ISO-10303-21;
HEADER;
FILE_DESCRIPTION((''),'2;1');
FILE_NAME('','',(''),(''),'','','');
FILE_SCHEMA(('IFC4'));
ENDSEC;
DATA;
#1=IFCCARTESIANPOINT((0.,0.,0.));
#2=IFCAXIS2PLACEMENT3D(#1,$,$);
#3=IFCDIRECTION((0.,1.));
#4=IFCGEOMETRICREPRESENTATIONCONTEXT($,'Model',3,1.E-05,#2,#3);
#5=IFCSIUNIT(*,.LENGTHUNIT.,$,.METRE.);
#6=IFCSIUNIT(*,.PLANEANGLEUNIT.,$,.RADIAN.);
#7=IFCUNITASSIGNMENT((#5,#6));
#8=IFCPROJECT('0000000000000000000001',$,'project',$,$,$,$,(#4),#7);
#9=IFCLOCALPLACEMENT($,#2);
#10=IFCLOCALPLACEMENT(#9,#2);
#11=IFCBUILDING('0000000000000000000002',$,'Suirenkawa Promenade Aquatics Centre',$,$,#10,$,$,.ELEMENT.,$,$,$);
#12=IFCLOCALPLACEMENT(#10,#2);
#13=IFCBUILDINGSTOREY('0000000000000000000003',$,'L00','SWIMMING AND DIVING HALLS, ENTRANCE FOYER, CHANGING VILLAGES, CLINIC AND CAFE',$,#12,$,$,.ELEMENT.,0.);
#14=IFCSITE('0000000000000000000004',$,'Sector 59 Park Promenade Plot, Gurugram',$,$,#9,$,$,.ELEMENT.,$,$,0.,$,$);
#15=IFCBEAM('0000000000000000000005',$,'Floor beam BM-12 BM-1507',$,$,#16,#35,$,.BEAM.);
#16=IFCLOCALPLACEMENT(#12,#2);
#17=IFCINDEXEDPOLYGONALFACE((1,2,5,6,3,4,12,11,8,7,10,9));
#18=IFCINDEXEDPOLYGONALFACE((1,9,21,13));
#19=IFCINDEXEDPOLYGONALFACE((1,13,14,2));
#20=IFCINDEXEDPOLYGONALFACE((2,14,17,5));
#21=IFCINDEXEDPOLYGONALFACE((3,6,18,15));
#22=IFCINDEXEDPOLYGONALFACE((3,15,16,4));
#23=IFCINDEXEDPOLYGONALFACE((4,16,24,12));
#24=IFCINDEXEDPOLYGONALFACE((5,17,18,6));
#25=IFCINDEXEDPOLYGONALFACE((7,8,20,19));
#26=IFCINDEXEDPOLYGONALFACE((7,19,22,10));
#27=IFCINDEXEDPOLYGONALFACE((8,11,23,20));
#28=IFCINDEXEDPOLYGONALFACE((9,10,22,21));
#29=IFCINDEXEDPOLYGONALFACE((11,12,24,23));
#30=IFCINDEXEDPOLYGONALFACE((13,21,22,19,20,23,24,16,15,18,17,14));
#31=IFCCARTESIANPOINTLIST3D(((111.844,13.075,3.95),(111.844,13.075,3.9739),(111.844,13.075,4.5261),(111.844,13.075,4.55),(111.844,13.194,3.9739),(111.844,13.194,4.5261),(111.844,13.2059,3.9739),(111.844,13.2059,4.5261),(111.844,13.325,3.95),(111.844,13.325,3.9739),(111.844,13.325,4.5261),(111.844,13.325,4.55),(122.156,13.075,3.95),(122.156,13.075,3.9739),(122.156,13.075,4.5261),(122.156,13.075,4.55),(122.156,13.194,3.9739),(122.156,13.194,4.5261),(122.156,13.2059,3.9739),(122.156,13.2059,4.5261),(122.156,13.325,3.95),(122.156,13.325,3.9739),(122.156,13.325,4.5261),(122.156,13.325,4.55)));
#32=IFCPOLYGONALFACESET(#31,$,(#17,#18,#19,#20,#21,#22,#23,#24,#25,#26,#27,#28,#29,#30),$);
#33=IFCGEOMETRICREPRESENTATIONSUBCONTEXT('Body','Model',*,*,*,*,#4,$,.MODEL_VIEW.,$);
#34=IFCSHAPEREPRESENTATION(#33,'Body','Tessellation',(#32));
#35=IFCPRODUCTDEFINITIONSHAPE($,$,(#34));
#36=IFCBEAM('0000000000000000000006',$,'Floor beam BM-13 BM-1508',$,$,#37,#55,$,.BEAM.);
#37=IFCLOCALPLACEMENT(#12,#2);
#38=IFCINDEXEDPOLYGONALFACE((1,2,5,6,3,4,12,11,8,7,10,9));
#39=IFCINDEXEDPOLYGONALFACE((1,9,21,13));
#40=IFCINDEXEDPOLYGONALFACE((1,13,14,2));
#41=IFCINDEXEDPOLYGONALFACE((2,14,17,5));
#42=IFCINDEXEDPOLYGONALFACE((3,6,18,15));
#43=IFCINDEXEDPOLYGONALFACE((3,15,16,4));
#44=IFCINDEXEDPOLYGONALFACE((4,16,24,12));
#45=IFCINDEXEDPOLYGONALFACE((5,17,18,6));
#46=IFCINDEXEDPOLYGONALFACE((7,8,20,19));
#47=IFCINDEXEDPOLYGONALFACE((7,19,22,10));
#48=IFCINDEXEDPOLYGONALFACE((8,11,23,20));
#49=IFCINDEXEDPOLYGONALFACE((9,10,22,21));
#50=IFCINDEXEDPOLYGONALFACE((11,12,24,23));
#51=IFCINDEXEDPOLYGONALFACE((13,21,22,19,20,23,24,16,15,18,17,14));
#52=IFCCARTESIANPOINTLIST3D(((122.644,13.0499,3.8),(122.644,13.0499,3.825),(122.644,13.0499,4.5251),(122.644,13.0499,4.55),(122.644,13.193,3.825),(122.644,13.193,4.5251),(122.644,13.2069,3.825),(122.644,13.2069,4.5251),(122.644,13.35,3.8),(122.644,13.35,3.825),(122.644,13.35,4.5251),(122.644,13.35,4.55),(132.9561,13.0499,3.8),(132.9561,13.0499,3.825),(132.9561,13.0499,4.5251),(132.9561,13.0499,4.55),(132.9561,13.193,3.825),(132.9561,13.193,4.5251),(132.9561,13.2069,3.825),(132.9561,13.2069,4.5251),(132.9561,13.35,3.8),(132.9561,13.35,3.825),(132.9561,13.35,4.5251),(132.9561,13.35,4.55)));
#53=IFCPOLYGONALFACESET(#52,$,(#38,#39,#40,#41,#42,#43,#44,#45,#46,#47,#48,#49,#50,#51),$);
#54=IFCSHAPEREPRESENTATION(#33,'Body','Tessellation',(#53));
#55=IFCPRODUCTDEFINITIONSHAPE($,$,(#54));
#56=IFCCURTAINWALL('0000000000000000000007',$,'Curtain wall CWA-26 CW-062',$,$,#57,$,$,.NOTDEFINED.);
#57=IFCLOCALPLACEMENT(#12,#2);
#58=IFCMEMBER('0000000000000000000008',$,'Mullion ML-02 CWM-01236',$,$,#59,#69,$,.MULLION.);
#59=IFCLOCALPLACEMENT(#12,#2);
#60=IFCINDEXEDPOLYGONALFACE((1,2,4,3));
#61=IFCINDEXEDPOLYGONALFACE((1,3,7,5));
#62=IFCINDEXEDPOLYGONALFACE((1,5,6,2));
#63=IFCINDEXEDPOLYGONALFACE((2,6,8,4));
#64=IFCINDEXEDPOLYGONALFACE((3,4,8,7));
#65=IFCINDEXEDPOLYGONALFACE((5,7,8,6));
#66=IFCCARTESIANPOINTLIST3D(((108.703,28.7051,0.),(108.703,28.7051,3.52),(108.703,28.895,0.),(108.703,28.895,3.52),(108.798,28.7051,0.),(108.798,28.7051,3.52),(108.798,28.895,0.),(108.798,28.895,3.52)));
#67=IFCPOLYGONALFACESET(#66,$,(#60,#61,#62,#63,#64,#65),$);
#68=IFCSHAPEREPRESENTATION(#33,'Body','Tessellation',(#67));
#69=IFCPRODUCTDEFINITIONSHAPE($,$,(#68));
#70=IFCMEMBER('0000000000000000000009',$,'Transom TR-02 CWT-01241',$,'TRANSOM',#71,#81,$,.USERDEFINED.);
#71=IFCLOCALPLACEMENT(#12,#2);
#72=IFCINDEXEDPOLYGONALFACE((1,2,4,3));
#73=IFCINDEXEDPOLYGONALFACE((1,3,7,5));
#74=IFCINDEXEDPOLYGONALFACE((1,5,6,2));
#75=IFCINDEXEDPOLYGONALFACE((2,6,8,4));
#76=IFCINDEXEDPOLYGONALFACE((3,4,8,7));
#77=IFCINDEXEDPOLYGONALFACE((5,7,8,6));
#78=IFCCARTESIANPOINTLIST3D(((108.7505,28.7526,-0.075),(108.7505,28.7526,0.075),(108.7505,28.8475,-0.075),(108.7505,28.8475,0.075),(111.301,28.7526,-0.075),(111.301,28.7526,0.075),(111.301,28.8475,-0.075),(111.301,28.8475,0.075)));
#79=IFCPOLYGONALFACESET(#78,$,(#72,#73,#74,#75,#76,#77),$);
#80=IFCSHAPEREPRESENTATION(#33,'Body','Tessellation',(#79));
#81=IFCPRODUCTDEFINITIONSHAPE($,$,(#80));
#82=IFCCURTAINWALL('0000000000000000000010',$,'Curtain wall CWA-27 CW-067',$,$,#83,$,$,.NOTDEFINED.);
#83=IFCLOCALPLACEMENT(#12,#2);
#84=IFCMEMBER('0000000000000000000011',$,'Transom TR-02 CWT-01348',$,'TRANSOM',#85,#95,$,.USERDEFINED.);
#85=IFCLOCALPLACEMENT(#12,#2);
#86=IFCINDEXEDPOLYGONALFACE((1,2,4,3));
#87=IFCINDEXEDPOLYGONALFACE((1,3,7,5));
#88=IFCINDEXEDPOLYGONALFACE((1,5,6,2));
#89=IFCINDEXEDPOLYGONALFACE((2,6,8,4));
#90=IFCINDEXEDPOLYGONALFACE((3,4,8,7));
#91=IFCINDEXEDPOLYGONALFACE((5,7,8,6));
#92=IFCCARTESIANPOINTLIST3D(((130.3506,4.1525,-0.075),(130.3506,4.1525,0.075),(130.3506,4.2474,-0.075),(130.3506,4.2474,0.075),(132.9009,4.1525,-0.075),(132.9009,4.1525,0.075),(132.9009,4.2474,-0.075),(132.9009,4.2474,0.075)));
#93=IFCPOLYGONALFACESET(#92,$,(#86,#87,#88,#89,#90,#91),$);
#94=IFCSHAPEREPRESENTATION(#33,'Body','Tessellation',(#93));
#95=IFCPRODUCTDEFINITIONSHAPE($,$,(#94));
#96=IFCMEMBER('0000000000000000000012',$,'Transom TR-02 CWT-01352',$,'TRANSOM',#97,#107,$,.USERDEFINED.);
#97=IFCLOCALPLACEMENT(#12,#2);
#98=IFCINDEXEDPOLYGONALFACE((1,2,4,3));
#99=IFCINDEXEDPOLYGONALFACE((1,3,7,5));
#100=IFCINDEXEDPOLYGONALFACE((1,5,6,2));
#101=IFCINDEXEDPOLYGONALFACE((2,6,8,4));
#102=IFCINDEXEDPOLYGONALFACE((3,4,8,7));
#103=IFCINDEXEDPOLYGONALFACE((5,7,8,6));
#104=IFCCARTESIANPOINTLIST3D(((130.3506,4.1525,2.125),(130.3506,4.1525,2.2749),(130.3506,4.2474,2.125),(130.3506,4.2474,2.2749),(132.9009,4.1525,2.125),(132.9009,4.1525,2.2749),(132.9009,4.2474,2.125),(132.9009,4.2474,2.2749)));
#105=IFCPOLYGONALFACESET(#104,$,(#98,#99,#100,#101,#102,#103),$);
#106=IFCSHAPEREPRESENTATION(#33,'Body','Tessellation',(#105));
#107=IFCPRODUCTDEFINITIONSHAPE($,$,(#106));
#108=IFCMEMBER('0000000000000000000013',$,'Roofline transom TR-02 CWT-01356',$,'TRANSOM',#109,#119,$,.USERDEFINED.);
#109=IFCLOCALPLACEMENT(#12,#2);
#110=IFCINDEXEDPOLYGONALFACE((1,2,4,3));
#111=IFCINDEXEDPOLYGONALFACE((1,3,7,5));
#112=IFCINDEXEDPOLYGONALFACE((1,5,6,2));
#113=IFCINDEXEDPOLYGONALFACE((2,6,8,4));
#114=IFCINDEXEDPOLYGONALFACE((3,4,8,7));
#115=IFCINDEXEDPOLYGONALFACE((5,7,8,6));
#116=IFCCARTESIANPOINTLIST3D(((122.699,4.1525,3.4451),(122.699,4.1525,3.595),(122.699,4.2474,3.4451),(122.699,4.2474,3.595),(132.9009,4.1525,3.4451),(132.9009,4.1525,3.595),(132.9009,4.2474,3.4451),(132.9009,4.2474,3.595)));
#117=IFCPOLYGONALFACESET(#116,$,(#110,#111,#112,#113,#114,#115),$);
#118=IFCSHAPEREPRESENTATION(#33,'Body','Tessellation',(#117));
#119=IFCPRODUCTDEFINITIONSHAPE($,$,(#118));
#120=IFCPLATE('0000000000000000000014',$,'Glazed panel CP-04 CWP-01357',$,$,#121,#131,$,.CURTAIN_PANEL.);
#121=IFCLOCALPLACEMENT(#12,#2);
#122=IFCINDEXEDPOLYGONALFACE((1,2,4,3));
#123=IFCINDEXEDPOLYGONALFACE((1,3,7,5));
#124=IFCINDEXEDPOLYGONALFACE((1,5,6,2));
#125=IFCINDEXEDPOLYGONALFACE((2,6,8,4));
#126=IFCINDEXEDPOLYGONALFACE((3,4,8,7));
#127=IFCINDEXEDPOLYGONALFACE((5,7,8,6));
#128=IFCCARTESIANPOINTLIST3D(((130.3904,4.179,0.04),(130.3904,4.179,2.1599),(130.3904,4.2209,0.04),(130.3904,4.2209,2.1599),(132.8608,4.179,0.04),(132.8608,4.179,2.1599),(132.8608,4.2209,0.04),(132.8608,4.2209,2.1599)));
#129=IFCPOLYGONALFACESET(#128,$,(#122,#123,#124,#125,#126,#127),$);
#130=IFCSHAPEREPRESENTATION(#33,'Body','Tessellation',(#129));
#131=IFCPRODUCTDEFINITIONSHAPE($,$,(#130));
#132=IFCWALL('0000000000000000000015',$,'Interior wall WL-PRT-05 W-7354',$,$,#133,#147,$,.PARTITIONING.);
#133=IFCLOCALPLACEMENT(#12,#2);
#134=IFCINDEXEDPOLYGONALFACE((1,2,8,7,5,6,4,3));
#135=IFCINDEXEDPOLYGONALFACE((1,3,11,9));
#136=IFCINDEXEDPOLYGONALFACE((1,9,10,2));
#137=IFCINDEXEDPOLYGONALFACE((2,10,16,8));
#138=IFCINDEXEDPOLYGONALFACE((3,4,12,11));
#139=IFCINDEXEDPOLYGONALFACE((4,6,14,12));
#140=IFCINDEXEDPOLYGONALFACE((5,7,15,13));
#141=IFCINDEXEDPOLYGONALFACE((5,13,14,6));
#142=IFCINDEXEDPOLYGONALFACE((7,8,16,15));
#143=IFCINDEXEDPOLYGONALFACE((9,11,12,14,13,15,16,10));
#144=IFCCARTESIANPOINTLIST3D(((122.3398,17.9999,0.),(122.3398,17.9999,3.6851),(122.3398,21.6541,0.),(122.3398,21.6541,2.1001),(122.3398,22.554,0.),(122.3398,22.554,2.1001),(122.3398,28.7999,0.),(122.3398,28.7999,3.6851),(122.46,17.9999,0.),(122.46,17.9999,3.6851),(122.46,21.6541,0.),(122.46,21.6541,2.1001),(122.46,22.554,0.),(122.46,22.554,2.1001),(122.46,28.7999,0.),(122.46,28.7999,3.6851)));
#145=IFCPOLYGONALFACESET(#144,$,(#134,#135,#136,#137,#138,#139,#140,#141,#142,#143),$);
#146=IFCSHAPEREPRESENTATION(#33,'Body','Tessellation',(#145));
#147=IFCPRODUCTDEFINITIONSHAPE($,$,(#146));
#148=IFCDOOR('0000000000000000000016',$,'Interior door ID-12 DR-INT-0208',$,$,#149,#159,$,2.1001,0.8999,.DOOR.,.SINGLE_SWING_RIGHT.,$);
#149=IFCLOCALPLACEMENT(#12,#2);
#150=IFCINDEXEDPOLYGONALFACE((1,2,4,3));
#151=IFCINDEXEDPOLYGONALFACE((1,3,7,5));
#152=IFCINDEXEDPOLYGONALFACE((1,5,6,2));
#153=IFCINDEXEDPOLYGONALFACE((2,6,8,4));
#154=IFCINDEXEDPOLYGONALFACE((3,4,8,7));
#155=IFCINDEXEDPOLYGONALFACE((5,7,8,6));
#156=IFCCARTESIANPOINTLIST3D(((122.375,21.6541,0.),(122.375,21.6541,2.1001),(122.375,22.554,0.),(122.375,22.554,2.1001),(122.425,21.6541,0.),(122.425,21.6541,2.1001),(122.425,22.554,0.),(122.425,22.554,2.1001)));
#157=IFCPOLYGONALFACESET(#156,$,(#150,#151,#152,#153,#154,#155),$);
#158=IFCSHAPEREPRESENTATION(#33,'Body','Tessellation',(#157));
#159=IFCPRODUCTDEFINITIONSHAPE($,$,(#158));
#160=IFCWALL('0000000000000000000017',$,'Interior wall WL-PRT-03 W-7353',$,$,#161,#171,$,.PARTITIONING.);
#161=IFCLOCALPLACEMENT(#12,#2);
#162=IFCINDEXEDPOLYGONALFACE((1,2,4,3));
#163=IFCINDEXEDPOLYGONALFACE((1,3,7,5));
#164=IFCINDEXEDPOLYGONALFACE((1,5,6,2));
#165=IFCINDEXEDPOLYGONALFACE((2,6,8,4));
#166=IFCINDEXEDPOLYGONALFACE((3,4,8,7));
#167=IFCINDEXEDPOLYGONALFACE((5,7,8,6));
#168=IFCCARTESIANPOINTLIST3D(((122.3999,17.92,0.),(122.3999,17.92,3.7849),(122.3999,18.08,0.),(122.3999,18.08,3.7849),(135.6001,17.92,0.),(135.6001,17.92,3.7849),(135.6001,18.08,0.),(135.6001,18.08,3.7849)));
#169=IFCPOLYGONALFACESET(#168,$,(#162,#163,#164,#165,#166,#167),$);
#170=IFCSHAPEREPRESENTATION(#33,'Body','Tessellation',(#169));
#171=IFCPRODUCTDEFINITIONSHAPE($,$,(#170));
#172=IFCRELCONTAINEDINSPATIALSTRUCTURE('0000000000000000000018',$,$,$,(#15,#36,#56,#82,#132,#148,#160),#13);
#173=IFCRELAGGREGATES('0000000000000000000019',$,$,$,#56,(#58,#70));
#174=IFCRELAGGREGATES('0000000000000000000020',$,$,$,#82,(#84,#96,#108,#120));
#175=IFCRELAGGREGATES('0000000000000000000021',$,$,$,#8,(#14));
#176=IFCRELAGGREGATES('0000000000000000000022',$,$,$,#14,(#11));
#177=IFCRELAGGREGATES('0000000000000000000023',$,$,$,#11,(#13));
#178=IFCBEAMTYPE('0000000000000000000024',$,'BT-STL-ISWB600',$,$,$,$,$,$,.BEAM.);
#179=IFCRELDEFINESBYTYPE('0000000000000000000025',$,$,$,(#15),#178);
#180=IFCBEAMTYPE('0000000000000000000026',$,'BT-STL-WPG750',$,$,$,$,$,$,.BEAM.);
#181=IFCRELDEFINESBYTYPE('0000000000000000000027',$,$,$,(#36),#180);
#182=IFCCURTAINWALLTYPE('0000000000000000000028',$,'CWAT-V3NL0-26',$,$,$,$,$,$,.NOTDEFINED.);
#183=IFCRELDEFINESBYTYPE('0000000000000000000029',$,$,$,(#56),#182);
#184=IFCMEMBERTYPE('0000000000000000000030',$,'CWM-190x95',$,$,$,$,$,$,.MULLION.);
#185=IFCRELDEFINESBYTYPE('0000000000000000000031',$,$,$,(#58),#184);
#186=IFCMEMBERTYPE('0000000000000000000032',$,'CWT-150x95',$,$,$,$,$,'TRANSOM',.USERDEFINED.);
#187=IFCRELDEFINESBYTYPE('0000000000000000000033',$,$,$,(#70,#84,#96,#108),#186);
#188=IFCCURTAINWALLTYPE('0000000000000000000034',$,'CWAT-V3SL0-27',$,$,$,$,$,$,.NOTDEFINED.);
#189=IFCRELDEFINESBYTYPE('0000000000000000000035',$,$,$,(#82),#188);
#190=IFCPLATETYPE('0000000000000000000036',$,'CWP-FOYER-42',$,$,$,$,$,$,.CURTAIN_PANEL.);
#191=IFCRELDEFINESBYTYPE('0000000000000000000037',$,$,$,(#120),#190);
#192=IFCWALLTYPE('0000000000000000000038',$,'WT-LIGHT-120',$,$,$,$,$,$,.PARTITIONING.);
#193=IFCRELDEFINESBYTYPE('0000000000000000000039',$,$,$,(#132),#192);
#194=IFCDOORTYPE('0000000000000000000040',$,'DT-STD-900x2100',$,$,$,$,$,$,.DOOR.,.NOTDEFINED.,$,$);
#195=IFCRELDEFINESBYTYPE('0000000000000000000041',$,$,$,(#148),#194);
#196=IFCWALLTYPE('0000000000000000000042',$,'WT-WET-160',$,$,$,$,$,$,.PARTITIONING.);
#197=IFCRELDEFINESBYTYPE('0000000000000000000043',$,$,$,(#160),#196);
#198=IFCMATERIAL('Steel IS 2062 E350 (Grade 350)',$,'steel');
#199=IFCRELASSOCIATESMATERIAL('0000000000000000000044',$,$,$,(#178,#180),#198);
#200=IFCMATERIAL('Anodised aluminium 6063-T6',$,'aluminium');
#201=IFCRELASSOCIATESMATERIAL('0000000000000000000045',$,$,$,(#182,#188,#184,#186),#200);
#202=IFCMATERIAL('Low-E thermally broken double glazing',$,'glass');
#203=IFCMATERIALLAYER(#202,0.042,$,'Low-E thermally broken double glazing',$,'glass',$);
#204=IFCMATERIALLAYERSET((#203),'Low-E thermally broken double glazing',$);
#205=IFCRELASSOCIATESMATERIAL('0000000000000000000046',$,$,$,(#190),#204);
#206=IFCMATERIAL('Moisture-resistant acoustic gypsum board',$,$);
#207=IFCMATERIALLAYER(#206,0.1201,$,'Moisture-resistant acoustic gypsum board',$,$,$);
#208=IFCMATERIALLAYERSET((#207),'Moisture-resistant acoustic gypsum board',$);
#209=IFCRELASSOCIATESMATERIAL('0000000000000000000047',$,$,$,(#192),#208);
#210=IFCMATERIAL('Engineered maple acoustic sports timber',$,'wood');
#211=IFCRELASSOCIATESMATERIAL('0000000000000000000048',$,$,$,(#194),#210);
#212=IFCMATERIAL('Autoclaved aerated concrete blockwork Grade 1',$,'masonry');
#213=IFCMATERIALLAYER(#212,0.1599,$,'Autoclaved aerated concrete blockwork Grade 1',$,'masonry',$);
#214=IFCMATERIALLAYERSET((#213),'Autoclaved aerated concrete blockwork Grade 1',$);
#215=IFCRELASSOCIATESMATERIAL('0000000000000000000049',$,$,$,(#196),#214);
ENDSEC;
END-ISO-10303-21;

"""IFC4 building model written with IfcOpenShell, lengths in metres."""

from ifc_helpers import new_model, si_unit, direction, frame, frame_2d, origin, origin_2d, place, context, subcontext, project, spatial, polyline, rectangle, i_section, outline, extrude, material, layer, layer_set, material_profile, profile_set, type_object, element, fill, aggregate, save


model = new_model("IFC4")

# Units and contexts
model_context = context("Model", 3, precision=1e-05, world=origin(), true_north=direction((0.0, 1.0)))
body_context = subcontext(model_context, "Body", "Model", "MODEL_VIEW")
ifc_project = project(units=[si_unit("LENGTHUNIT", "METRE"), si_unit("PLANEANGLEUNIT", "RADIAN")], contexts=[model_context])

# Site, building, storey
site_placement = place(None, origin())
site = spatial("IfcSite", under=ifc_project, at=site_placement, Name="Sector 59 Park Promenade Plot, Gurugram", CompositionType="ELEMENT", RefElevation=0.0)
building_placement = place(site_placement, origin())
building = spatial("IfcBuilding", under=site, at=building_placement, Name="Suirenkawa Promenade Aquatics Centre", CompositionType="ELEMENT")
storey_placement = place(building_placement, origin())
storey = spatial("IfcBuildingStorey", under=building, at=storey_placement, Name="L00", Description="SWIMMING AND DIVING HALLS, ENTRANCE FOYER, CHANGING VILLAGES, CLINIC AND CAFE", CompositionType="ELEMENT", Elevation=0.0)

# Beams
ifc_material_1 = material(Name="Steel IS 2062 E350 (Grade 350)", Category="steel")
ifc_material_profile_1 = material_profile(ifc_material_1, i_section(OverallWidth=0.25, OverallDepth=0.6001, WebThickness=0.012, FlangeThickness=0.0239, at=origin_2d()), Name="ISWB 600", Category="steel")
ifc_profile_set_1 = profile_set([ifc_material_profile_1], Name="Steel IS 2062 E350 (Grade 350)")
beam_type_1 = type_object("IfcBeamType", Name="BT-STL-ISWB600", PredefinedType="BEAM", material=ifc_profile_set_1)
beam_1_placement = place(storey_placement, frame((111.844, 13.2, 4.25), z_axis=(1.0, 0.0, 0.0), x_axis=(0.0, 1.0, 0.0)))
element("IfcBeam", 1, at=beam_1_placement, inside=storey, type_object=beam_type_1, Name="Floor beam BM-12 BM-1507", PredefinedType="BEAM", context=body_context, shape_type="SweptSolid", body=[
    extrude(i_section(OverallWidth=0.25, OverallDepth=0.6001, WebThickness=0.012, FlangeThickness=0.0239, at=origin_2d()), origin(), (0.0, 0.0, 1.0), 10.312),
])
ifc_material_profile_2 = material_profile(ifc_material_1, i_section(OverallWidth=0.3, OverallDepth=0.75, WebThickness=0.0139, FlangeThickness=0.0249, at=origin_2d()), Name="WPG 750x300", Category="steel")
ifc_profile_set_2 = profile_set([ifc_material_profile_2], Name="Steel IS 2062 E350 (Grade 350)")
beam_type_2 = type_object("IfcBeamType", Name="BT-STL-WPG750", PredefinedType="BEAM", material=ifc_profile_set_2)
beam_2_placement = place(storey_placement, frame((122.644, 13.2, 4.175), z_axis=(1.0, 0.0, 0.0), x_axis=(0.0, 1.0, 0.0)))
element("IfcBeam", 2, at=beam_2_placement, inside=storey, type_object=beam_type_2, Name="Floor beam BM-13 BM-1508", PredefinedType="BEAM", context=body_context, shape_type="SweptSolid", body=[
    extrude(i_section(OverallWidth=0.3, OverallDepth=0.75, WebThickness=0.0139, FlangeThickness=0.0249, at=origin_2d()), origin(), (0.0, 0.0, 1.0), 10.312),
])

# Curtain wall, members
ifc_material_2 = material(Name="Anodised aluminium 6063-T6", Category="aluminium")
curtain_wall_type_1 = type_object("IfcCurtainWallType", Name="CWAT-V3NL0-26", PredefinedType="NOTDEFINED", material=ifc_material_2)
curtain_wall_1_placement = place(storey_placement, origin())
curtain_wall_1 = element("IfcCurtainWall", 3, at=curtain_wall_1_placement, inside=storey, type_object=curtain_wall_type_1, Name="Curtain wall CWA-26 CW-062", PredefinedType="NOTDEFINED")
ifc_material_profile_3 = material_profile(ifc_material_2, rectangle(XDim=0.095, YDim=0.1899, at=origin_2d()), Name="ALU MULL 95x190", Category="aluminium")
ifc_profile_set_3 = profile_set([ifc_material_profile_3], Name="Anodised aluminium 6063-T6")
member_type_1 = type_object("IfcMemberType", Name="CWM-190x95", PredefinedType="MULLION", material=ifc_profile_set_3)
member_1_placement = place(storey_placement, frame((108.7505, 28.8, 0.0), z_axis=(0.0, 0.0, 1.0), x_axis=(1.0, 0.0, 0.0)))
member_1 = element("IfcMember", 4, at=member_1_placement, type_object=member_type_1, Name="Mullion ML-02 CWM-01236", PredefinedType="MULLION", context=body_context, shape_type="SweptSolid", body=[
    extrude(rectangle(XDim=0.095, YDim=0.1899, at=origin_2d()), origin(), (0.0, 0.0, 1.0), 3.52),
])
ifc_material_profile_4 = material_profile(ifc_material_2, rectangle(XDim=0.095, YDim=0.1499, at=origin_2d()), Name="ALU TRAN 95x150", Category="aluminium")
ifc_profile_set_4 = profile_set([ifc_material_profile_4], Name="Anodised aluminium 6063-T6")
member_type_2 = type_object("IfcMemberType", Name="CWT-150x95", ElementType="TRANSOM", PredefinedType="USERDEFINED", material=ifc_profile_set_4)
member_2_placement = place(storey_placement, frame((108.7505, 28.8, 0.0), z_axis=(1.0, 0.0, 0.0), x_axis=(0.0, 1.0, 0.0)))
member_2 = element("IfcMember", 5, at=member_2_placement, type_object=member_type_2, Name="Transom TR-02 CWT-01241", ObjectType="TRANSOM", PredefinedType="USERDEFINED", context=body_context, shape_type="SweptSolid", body=[
    extrude(rectangle(XDim=0.095, YDim=0.1499, at=origin_2d()), origin(), (0.0, 0.0, 1.0), 2.5505),
])
aggregate(curtain_wall_1, [member_1, member_2])

# Curtain wall, members, plate
curtain_wall_type_2 = type_object("IfcCurtainWallType", Name="CWAT-V3SL0-27", PredefinedType="NOTDEFINED", material=ifc_material_2)
curtain_wall_2_placement = place(storey_placement, origin())
curtain_wall_2 = element("IfcCurtainWall", 6, at=curtain_wall_2_placement, inside=storey, type_object=curtain_wall_type_2, Name="Curtain wall CWA-27 CW-067", PredefinedType="NOTDEFINED")
member_3_placement = place(storey_placement, frame((132.9009, 4.2, 0.0), z_axis=(-1.0, 0.0, 0.0), x_axis=(0.0, -1.0, 0.0)))
member_3 = element("IfcMember", 7, at=member_3_placement, type_object=member_type_2, Name="Transom TR-02 CWT-01348", ObjectType="TRANSOM", PredefinedType="USERDEFINED", context=body_context, shape_type="SweptSolid", body=[
    extrude(rectangle(XDim=0.095, YDim=0.1499, at=origin_2d()), origin(), (0.0, 0.0, 1.0), 2.5503),
])
member_4_placement = place(storey_placement, frame((132.9009, 4.2, 2.2), z_axis=(-1.0, 0.0, 0.0), x_axis=(0.0, -1.0, 0.0)))
member_4 = element("IfcMember", 8, at=member_4_placement, type_object=member_type_2, Name="Transom TR-02 CWT-01352", ObjectType="TRANSOM", PredefinedType="USERDEFINED", context=body_context, shape_type="SweptSolid", body=[
    extrude(rectangle(XDim=0.095, YDim=0.1499, at=origin_2d()), origin(), (0.0, 0.0, 1.0), 2.5503),
])
member_5_placement = place(storey_placement, frame((132.9009, 4.2, 3.52), z_axis=(-1.0, 0.0, 0.0), x_axis=(0.0, -1.0, 0.0)))
member_5 = element("IfcMember", 9, at=member_5_placement, type_object=member_type_2, Name="Roofline transom TR-02 CWT-01356", ObjectType="TRANSOM", PredefinedType="USERDEFINED", context=body_context, shape_type="SweptSolid", body=[
    extrude(rectangle(XDim=0.095, YDim=0.1499, at=origin_2d()), origin(), (0.0, 0.0, 1.0), 10.2019),
])
ifc_material_3 = material(Name="Low-E thermally broken double glazing", Category="glass")
ifc_layer_1 = layer(ifc_material_3, 0.042, Name="Low-E thermally broken double glazing", Category="glass")
ifc_layer_set_1 = layer_set([ifc_layer_1], Name="Low-E thermally broken double glazing")
plate_type = type_object("IfcPlateType", Name="CWP-FOYER-42", PredefinedType="CURTAIN_PANEL", material=ifc_layer_set_1)
plate_1_placement = place(storey_placement, frame((132.9009, 4.2, 0.04), z_axis=(0.0, 0.0, 1.0), x_axis=(-1.0, 0.0, 0.0)))
plate_1 = element("IfcPlate", 10, at=plate_1_placement, type_object=plate_type, Name="Glazed panel CP-04 CWP-01357", PredefinedType="CURTAIN_PANEL", context=body_context, shape_type="SweptSolid", body=[
    extrude(outline(polyline([(0.04, 0.0), (2.5105, 0.0), (2.5105, 2.1199), (0.04, 2.1199), (0.04, 0.0)])), frame((0.0, 0.021, 0.0), z_axis=(0.0, -1.0, 0.0), x_axis=(1.0, 0.0, 0.0)), (0.0, 0.0, 1.0), 0.042),
])
aggregate(curtain_wall_2, [member_3, member_4, member_5, plate_1])

# Wall, opening, door
ifc_material_4 = material(Name="Moisture-resistant acoustic gypsum board")
ifc_layer_2 = layer(ifc_material_4, 0.1201, Name="Moisture-resistant acoustic gypsum board")
ifc_layer_set_2 = layer_set([ifc_layer_2], Name="Moisture-resistant acoustic gypsum board")
wall_type_1 = type_object("IfcWallType", Name="WT-LIGHT-120", PredefinedType="PARTITIONING", material=ifc_layer_set_2)
wall_1_placement = place(storey_placement, frame((122.3999, 18.0, 0.0), z_axis=(0.0, 0.0, 1.0), x_axis=(0.0, 1.0, 0.0)))
wall_1 = element("IfcWall", 11, at=wall_1_placement, inside=storey, type_object=wall_type_1, Name="Interior wall WL-PRT-05 W-7354", PredefinedType="PARTITIONING", context=body_context, shape_type="SweptSolid", body=[
    extrude(rectangle(XDim=10.8, YDim=0.1201, at=frame_2d((5.3999, 0.0))), origin(), (0.0, 0.0, 1.0), 3.6851),
])
opening_placement = place(wall_1_placement, frame((3.6541, 0.0, 0.0)))
opening = element("IfcOpeningElement", 12, at=opening_placement, cuts=wall_1, PredefinedType="OPENING", context=body_context, shape_type="SweptSolid", body=[
    extrude(rectangle(XDim=0.8999, YDim=2.1001, at=frame_2d((0.45, 1.05))), frame((0.0, 0.0701, 0.0), z_axis=(0.0, -1.0, 0.0), x_axis=(1.0, 0.0, 0.0)), (0.0, 0.0, 1.0), 0.1401),
])
ifc_material_5 = material(Name="Engineered maple acoustic sports timber", Category="wood")
door_type = type_object("IfcDoorType", Name="DT-STD-900x2100", OperationType="NOTDEFINED", PredefinedType="DOOR", material=ifc_material_5)
door_placement = place(opening_placement, origin())
door = element("IfcDoor", 13, at=door_placement, inside=storey, type_object=door_type, Name="Interior door ID-12 DR-INT-0208", OperationType="SINGLE_SWING_RIGHT", OverallHeight=2.1001, OverallWidth=0.8999, PredefinedType="DOOR", context=body_context, shape_type="SweptSolid", body=[
    extrude(rectangle(XDim=0.8999, YDim=2.1001, at=frame_2d((0.45, 1.05))), frame((0.0, 0.0249, 0.0), z_axis=(0.0, -1.0, 0.0), x_axis=(1.0, 0.0, 0.0)), (0.0, 0.0, 1.0), 0.05),
])
fill(opening, door)

# Wall
ifc_material_6 = material(Name="Autoclaved aerated concrete blockwork Grade 1", Category="masonry")
ifc_layer_3 = layer(ifc_material_6, 0.1599, Name="Autoclaved aerated concrete blockwork Grade 1", Category="masonry")
ifc_layer_set_3 = layer_set([ifc_layer_3], Name="Autoclaved aerated concrete blockwork Grade 1")
wall_type_2 = type_object("IfcWallType", Name="WT-WET-160", PredefinedType="PARTITIONING", material=ifc_layer_set_3)
wall_2_placement = place(storey_placement, frame((122.3999, 18.0, 0.0), z_axis=(0.0, 0.0, 1.0), x_axis=(1.0, 0.0, 0.0)))
element("IfcWall", 14, at=wall_2_placement, inside=storey, type_object=wall_type_2, Name="Interior wall WL-PRT-03 W-7353", PredefinedType="PARTITIONING", context=body_context, shape_type="SweptSolid", body=[
    extrude(rectangle(XDim=13.2002, YDim=0.1599, at=frame_2d((6.6001, 0.0))), origin(), (0.0, 0.0, 1.0), 3.7849),
])

save(model, "model.ifc")
